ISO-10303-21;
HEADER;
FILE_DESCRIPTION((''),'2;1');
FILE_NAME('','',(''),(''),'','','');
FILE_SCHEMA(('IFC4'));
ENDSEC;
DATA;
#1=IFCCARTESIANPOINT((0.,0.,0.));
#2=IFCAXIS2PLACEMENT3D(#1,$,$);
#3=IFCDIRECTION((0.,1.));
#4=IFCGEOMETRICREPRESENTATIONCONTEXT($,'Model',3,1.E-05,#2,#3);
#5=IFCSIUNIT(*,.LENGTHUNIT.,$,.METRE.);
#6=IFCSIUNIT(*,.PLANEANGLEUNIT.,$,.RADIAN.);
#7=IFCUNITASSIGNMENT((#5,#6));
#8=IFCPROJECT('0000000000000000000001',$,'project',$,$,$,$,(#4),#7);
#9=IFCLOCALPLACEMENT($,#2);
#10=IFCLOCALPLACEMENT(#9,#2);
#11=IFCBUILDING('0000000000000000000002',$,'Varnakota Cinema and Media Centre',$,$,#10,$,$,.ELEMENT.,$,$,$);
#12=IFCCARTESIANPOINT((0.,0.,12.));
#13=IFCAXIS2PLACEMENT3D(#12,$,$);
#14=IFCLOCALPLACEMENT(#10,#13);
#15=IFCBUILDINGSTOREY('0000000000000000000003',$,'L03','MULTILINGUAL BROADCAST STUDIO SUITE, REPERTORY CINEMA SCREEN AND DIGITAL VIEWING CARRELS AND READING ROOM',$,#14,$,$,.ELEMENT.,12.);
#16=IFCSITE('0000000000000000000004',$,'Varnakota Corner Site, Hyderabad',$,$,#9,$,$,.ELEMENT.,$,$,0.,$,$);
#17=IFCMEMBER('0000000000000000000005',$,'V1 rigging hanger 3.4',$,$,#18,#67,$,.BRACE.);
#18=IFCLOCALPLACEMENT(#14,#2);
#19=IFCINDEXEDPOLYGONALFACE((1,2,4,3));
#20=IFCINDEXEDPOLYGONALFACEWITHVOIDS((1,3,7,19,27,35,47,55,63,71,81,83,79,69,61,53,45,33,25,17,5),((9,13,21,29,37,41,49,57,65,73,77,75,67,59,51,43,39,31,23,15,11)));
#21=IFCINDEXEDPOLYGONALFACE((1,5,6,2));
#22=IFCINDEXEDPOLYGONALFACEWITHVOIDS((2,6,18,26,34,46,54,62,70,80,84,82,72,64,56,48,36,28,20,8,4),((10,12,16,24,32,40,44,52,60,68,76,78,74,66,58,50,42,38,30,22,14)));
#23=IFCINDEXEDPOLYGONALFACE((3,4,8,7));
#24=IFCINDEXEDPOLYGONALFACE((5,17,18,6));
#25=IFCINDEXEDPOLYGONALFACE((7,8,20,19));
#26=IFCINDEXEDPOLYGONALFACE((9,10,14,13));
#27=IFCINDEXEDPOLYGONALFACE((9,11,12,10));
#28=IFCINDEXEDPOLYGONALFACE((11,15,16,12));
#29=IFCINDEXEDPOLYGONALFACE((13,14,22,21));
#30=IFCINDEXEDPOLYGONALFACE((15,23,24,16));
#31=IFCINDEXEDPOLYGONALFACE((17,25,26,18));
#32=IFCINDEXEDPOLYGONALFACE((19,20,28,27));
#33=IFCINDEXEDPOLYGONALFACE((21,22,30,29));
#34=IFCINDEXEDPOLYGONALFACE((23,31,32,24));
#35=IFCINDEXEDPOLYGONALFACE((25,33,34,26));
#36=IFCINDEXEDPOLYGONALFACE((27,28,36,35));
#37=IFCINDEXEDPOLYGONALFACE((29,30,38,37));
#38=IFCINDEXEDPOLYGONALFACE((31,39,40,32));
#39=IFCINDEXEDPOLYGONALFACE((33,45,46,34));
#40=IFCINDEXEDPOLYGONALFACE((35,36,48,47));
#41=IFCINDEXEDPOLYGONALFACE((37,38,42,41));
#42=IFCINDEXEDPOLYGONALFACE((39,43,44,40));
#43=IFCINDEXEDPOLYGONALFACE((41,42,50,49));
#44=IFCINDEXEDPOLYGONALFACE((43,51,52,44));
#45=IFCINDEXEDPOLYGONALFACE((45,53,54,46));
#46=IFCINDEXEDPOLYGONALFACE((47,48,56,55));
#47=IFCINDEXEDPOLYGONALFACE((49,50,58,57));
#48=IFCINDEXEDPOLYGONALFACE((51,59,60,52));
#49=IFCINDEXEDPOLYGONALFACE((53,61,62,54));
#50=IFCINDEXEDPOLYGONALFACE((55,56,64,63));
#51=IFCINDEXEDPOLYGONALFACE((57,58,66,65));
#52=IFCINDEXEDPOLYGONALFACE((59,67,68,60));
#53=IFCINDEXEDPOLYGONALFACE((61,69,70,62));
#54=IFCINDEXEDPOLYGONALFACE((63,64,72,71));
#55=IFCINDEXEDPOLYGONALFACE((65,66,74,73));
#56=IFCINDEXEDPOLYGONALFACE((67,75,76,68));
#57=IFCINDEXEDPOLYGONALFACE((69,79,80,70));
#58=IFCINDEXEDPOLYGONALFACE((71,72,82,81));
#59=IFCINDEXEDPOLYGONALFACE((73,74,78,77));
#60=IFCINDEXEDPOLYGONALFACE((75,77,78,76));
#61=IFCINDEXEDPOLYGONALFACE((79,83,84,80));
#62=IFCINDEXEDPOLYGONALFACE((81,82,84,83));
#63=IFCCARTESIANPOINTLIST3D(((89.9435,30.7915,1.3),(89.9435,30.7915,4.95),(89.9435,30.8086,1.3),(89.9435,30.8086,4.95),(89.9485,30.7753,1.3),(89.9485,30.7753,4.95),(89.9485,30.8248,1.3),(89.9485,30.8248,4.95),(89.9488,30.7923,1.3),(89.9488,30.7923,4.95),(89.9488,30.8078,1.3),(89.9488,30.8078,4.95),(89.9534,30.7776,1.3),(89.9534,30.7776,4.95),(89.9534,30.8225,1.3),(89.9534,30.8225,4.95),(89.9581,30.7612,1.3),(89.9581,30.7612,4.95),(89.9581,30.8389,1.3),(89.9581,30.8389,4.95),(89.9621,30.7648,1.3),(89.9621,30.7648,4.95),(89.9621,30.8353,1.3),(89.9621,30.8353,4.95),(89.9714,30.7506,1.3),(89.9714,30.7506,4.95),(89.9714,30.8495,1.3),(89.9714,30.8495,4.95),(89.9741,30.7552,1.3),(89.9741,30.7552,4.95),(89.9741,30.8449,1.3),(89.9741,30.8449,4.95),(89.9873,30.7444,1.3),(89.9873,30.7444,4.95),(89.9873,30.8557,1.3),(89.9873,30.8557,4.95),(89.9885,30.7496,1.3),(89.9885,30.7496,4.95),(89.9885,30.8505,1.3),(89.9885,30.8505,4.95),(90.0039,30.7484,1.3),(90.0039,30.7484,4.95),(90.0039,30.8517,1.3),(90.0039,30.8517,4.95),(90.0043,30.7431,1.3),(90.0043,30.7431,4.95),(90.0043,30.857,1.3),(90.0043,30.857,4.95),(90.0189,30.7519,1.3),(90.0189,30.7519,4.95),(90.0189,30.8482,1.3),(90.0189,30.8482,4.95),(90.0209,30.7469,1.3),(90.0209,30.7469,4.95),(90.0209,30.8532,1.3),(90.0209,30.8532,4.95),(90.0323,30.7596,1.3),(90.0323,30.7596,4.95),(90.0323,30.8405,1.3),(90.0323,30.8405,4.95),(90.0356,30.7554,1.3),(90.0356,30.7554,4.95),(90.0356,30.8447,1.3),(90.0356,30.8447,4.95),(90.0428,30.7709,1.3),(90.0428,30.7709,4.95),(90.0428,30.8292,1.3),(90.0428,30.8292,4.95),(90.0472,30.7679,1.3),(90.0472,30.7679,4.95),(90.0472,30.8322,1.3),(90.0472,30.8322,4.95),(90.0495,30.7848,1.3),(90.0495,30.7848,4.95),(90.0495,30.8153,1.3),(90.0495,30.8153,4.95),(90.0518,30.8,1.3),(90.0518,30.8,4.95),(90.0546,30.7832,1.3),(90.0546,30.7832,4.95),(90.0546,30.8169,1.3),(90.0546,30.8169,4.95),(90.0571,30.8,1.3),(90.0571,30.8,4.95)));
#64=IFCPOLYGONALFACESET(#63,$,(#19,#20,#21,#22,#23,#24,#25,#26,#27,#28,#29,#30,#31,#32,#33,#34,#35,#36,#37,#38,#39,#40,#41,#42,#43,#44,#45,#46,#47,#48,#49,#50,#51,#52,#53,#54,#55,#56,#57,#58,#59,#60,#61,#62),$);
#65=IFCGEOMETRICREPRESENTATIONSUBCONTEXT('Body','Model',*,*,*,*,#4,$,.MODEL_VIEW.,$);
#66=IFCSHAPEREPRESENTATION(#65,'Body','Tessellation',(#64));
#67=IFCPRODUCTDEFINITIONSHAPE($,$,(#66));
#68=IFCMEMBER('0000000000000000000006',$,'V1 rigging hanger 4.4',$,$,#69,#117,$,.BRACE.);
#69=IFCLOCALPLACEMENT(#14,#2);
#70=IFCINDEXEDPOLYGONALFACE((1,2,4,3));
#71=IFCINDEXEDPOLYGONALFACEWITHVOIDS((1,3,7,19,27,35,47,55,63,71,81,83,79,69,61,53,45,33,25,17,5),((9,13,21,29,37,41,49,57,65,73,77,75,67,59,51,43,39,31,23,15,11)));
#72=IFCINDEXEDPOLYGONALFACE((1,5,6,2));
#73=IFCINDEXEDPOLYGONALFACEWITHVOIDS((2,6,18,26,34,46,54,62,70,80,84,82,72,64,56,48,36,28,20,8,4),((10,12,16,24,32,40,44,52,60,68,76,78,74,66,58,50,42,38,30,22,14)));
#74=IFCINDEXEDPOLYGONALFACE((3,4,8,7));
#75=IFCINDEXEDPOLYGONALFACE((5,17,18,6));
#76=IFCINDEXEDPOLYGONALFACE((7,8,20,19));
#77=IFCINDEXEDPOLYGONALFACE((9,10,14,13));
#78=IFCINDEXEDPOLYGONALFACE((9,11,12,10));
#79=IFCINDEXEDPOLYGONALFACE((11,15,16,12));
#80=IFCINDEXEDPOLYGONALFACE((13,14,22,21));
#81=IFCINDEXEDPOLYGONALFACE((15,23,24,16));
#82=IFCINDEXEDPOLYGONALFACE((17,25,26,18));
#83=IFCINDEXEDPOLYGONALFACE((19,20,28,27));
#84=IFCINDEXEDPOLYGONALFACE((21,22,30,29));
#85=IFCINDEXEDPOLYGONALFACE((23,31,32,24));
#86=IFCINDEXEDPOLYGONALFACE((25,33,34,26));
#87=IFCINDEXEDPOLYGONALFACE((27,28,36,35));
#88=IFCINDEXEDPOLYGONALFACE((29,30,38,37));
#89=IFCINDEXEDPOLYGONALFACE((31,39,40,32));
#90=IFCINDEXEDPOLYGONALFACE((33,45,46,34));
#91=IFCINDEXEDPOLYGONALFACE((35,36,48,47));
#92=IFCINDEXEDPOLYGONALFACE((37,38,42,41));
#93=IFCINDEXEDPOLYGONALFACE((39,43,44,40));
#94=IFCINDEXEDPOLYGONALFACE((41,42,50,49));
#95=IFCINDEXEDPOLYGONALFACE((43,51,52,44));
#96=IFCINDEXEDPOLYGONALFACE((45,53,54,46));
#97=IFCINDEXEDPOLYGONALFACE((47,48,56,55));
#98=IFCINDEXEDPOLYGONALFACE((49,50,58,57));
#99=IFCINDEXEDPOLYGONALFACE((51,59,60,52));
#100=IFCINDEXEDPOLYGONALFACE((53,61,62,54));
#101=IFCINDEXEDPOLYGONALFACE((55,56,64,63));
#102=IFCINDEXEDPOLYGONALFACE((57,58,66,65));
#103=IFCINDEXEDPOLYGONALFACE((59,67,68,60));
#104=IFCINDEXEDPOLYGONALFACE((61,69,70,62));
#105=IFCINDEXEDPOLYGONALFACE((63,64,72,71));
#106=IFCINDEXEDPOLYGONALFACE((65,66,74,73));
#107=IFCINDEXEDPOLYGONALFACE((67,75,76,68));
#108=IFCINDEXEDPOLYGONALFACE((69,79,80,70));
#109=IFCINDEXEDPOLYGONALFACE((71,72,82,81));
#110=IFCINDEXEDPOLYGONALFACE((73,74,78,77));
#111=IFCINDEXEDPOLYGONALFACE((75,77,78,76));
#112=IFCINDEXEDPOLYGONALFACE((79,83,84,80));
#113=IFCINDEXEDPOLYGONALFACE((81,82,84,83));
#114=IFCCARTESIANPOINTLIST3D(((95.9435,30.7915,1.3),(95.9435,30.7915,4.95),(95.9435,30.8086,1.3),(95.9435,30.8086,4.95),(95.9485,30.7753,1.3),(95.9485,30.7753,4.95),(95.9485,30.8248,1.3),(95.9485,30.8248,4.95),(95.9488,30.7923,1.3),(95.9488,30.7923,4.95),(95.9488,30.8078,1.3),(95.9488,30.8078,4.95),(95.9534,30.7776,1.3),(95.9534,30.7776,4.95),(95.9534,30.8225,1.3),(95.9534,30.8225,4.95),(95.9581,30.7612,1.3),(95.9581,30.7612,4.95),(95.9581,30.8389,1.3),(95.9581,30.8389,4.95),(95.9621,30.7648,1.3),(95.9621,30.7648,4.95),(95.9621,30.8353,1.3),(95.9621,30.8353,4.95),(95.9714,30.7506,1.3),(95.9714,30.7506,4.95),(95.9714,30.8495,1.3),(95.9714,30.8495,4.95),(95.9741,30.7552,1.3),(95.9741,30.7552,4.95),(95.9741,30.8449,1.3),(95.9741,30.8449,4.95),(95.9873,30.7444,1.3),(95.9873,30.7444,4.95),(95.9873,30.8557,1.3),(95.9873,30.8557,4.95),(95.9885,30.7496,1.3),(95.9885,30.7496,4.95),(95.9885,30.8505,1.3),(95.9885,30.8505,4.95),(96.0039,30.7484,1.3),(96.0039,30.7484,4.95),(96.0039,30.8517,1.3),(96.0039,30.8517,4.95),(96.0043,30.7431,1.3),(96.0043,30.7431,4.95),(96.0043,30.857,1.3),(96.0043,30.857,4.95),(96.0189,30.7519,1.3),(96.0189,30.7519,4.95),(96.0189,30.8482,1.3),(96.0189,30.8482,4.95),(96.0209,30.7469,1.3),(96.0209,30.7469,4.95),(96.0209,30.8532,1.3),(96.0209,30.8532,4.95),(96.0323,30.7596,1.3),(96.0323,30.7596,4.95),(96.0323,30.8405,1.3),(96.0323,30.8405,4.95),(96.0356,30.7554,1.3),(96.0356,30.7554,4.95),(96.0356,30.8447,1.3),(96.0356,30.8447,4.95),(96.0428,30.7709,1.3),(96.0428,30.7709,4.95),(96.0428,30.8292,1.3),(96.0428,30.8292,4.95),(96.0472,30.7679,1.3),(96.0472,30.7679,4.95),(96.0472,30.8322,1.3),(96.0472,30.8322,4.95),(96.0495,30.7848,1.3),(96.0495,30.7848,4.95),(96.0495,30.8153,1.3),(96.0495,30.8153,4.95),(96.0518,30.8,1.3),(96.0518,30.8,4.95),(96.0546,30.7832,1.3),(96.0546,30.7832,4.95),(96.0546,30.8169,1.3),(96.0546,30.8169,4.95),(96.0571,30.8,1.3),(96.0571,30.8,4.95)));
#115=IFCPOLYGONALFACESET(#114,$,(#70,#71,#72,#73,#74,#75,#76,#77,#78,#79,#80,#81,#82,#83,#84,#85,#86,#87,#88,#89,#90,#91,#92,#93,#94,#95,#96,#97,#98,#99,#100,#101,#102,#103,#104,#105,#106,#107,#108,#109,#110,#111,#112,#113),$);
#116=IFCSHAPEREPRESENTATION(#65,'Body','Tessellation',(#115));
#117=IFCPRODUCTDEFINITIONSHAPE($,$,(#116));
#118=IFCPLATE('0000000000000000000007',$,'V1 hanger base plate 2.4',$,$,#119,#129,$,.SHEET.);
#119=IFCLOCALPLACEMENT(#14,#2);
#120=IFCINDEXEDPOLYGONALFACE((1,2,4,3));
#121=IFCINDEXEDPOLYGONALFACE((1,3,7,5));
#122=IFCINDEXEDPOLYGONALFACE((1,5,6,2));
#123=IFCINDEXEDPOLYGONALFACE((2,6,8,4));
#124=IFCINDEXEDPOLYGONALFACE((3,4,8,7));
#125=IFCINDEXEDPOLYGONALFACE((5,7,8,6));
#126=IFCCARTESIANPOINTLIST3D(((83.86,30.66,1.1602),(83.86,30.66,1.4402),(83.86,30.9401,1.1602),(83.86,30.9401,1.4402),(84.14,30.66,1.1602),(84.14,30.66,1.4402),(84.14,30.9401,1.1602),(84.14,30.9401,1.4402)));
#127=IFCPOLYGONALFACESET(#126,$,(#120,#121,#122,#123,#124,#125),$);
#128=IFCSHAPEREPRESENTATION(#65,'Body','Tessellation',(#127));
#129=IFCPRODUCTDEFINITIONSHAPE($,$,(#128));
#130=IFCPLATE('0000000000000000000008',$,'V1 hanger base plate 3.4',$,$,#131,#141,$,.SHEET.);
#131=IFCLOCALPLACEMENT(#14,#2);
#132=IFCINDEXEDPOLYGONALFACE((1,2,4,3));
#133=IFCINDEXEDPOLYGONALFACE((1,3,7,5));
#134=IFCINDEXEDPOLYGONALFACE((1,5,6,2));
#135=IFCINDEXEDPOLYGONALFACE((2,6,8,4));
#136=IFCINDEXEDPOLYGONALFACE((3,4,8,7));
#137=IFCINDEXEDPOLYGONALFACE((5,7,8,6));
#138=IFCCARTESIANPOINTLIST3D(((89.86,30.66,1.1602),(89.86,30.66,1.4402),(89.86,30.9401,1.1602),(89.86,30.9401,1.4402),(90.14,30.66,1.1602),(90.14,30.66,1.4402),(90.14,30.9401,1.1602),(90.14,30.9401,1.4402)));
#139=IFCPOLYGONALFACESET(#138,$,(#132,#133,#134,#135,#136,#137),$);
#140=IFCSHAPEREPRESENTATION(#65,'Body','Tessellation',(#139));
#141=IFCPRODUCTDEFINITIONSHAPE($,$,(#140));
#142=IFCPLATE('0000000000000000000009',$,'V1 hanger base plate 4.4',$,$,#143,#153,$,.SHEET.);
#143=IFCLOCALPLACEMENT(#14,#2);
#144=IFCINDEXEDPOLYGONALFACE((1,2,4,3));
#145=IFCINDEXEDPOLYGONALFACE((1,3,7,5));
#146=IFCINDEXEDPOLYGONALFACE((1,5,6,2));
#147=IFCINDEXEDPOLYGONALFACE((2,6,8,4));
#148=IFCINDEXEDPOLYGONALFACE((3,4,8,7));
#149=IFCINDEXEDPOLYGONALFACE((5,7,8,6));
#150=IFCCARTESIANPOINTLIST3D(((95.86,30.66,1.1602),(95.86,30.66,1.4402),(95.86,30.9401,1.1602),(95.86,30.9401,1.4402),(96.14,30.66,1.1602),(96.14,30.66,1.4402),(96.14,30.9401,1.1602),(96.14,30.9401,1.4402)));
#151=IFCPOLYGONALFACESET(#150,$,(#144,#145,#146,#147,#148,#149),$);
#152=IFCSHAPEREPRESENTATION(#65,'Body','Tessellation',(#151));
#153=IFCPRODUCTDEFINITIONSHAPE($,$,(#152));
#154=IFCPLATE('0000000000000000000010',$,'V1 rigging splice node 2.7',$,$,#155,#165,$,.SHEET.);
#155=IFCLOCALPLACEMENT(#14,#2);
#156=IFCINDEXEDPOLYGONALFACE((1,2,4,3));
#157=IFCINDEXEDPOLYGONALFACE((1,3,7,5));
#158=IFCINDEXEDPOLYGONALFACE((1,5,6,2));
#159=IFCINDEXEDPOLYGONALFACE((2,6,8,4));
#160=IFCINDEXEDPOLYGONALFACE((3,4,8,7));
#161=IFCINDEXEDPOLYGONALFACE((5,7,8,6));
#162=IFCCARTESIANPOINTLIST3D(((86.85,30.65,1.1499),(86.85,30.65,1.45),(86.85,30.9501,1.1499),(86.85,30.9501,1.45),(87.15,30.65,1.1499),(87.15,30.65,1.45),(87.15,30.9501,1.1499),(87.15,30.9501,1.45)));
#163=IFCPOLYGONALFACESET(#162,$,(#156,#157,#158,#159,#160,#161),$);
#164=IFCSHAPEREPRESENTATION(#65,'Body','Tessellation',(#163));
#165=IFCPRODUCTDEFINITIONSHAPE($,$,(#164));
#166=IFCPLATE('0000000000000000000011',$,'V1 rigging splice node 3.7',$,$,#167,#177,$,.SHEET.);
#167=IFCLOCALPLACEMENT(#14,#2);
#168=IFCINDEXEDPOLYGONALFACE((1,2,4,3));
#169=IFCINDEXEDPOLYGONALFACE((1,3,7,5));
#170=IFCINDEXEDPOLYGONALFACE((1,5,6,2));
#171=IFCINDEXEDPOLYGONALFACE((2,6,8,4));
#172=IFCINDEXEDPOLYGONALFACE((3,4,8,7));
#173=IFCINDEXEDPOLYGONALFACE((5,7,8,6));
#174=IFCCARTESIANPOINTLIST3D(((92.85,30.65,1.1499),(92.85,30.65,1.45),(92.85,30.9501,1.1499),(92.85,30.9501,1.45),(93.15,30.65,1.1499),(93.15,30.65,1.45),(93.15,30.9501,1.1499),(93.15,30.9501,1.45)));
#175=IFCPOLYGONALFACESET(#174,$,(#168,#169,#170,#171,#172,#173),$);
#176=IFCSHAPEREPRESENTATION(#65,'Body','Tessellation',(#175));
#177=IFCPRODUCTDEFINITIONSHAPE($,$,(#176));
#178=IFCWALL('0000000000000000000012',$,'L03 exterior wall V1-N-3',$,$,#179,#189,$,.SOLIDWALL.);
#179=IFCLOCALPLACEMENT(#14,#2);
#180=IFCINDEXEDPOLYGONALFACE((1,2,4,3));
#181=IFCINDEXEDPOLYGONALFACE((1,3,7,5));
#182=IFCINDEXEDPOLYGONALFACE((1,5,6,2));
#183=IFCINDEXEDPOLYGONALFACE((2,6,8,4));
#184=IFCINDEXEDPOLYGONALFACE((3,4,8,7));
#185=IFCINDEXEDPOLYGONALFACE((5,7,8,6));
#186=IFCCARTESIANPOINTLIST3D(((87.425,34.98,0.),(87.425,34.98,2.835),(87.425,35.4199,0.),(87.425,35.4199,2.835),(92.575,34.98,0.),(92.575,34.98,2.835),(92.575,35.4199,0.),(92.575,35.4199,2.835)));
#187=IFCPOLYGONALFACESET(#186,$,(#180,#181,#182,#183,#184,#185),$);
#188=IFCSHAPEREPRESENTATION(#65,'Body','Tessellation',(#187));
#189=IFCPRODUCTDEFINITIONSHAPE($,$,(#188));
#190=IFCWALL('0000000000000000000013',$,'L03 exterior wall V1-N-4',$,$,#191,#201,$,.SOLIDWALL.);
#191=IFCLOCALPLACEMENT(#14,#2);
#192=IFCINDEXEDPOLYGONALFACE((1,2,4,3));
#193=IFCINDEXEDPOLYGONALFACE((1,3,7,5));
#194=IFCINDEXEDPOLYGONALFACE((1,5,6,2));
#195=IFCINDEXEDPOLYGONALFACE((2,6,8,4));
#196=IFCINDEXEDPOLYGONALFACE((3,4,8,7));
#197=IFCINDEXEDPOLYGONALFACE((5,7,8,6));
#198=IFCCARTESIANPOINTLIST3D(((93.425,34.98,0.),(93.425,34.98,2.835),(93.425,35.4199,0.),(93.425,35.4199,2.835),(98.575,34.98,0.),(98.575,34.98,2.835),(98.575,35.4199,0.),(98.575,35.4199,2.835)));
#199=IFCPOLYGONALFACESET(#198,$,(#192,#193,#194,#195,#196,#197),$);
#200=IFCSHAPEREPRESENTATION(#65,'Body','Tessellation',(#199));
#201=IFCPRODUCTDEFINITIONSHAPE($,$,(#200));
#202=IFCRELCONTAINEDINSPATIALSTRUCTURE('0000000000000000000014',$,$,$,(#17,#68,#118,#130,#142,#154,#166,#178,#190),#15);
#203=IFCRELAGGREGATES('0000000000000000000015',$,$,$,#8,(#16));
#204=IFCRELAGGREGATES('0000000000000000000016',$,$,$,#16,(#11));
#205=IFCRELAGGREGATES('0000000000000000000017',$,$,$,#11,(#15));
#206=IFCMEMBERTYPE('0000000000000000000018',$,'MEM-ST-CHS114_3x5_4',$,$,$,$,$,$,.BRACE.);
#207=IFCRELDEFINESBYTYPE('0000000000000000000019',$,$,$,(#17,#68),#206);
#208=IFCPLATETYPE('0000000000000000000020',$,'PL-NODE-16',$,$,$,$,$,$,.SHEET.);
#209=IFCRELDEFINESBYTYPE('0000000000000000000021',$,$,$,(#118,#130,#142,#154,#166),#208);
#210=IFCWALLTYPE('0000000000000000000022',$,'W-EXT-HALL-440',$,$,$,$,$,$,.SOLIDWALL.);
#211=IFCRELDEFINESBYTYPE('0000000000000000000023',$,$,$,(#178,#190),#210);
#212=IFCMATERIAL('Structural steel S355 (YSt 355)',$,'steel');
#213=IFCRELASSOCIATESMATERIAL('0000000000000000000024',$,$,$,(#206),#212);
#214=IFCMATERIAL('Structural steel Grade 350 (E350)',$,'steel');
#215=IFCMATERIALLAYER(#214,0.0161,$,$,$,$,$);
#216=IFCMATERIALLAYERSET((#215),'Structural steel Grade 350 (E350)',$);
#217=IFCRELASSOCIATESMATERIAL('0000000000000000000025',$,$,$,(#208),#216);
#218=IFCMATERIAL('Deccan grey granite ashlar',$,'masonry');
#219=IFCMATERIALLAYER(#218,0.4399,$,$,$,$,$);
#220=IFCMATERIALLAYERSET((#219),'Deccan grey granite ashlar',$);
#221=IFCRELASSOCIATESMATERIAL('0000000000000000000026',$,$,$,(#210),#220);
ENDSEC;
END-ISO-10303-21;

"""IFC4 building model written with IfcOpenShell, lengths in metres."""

from ifc_helpers import new_model, si_unit, direction, frame, frame_2d, origin, origin_2d, place, context, subcontext, project, spatial, rectangle, hollow_circle, extrude, material, layer, layer_set, material_profile, profile_set, type_object, element, save


model = new_model("IFC4")

# Units and contexts
model_context = context("Model", 3, precision=1e-05, world=origin(), true_north=direction((0.0, 1.0)))
body_context = subcontext(model_context, "Body", "Model", "MODEL_VIEW")
ifc_project = project(units=[si_unit("LENGTHUNIT", "METRE"), si_unit("PLANEANGLEUNIT", "RADIAN")], contexts=[model_context])

# Site, building, storey
site_placement = place(None, origin())
site = spatial("IfcSite", under=ifc_project, at=site_placement, Name="Varnakota Corner Site, Hyderabad", CompositionType="ELEMENT", RefElevation=0.0)
building_placement = place(site_placement, origin())
building = spatial("IfcBuilding", under=site, at=building_placement, Name="Varnakota Cinema and Media Centre", CompositionType="ELEMENT")
storey_placement = place(building_placement, frame((0.0, 0.0, 12.0)))
storey = spatial("IfcBuildingStorey", under=building, at=storey_placement, Name="L03", Description="MULTILINGUAL BROADCAST STUDIO SUITE, REPERTORY CINEMA SCREEN AND DIGITAL VIEWING CARRELS AND READING ROOM", CompositionType="ELEMENT", Elevation=12.0)

# Members
ifc_material_1 = material(Name="Structural steel S355 (YSt 355)", Category="steel")
ifc_material_profile_1 = material_profile(ifc_material_1, hollow_circle(Radius=0.0571, WallThickness=0.0054, at=origin_2d()), Name="CHS 114.3x5.4")
ifc_profile_set_1 = profile_set([ifc_material_profile_1], Name="Structural steel S355 (YSt 355)")
member_type = type_object("IfcMemberType", Name="MEM-ST-CHS114_3x5_4", PredefinedType="BRACE", material=ifc_profile_set_1)
for number, where, z_axis, x_axis, name in (
    (1, (90.0, 30.8, 1.3), (0.0, 0.0, 1.0), (1.0, 0.0, 0.0), "V1 rigging hanger 3.4"),
    (2, (96.0, 30.8, 1.3), (0.0, 0.0, 1.0), (1.0, 0.0, 0.0), "V1 rigging hanger 4.4"),
):
    element("IfcMember", number, at=place(storey_placement, frame(where, z_axis=z_axis, x_axis=x_axis)), inside=storey, type_object=member_type, Name=name, PredefinedType="BRACE", context=body_context, shape_type="SweptSolid", body=[
        extrude(hollow_circle(Radius=0.0571, WallThickness=0.0054, at=origin_2d()), origin(), (0.0, 0.0, 1.0), 3.6499),
    ])

# Plates
ifc_material_2 = material(Name="Structural steel Grade 350 (E350)", Category="steel")
ifc_layer_1 = layer(ifc_material_2, 0.0161)
ifc_layer_set_1 = layer_set([ifc_layer_1], Name="Structural steel Grade 350 (E350)")
plate_type = type_object("IfcPlateType", Name="PL-NODE-16", PredefinedType="SHEET", material=ifc_layer_set_1)
for number, where, z_axis, x_axis, name in (
    (3, (84.0, 30.8, 1.1602), (0.0, 0.0, 1.0), (1.0, 0.0, 0.0), "V1 hanger base plate 2.4"),
    (4, (90.0, 30.8, 1.1602), (0.0, 0.0, 1.0), (1.0, 0.0, 0.0), "V1 hanger base plate 3.4"),
    (5, (96.0, 30.8, 1.1602), (0.0, 0.0, 1.0), (1.0, 0.0, 0.0), "V1 hanger base plate 4.4"),
):
    element("IfcPlate", number, at=place(storey_placement, frame(where, z_axis=z_axis, x_axis=x_axis)), inside=storey, type_object=plate_type, Name=name, PredefinedType="SHEET", context=body_context, shape_type="SweptSolid", body=[
        extrude(rectangle(XDim=0.28, YDim=0.28, at=origin_2d()), origin(), (0.0, 0.0, 1.0), 0.28),
    ])
for number, where, z_axis, x_axis, name in (
    (6, (87.0, 30.8, 1.1499), (0.0, 0.0, 1.0), (1.0, 0.0, 0.0), "V1 rigging splice node 2.7"),
    (7, (93.0, 30.8, 1.1499), (0.0, 0.0, 1.0), (1.0, 0.0, 0.0), "V1 rigging splice node 3.7"),
):
    element("IfcPlate", number, at=place(storey_placement, frame(where, z_axis=z_axis, x_axis=x_axis)), inside=storey, type_object=plate_type, Name=name, PredefinedType="SHEET", context=body_context, shape_type="SweptSolid", body=[
        extrude(rectangle(XDim=0.3, YDim=0.3, at=origin_2d()), origin(), (0.0, 0.0, 1.0), 0.3),
    ])

# Walls
ifc_material_3 = material(Name="Deccan grey granite ashlar", Category="masonry")
ifc_layer_2 = layer(ifc_material_3, 0.4399)
ifc_layer_set_2 = layer_set([ifc_layer_2], Name="Deccan grey granite ashlar")
wall_type = type_object("IfcWallType", Name="W-EXT-HALL-440", PredefinedType="SOLIDWALL", material=ifc_layer_set_2)
for number, where, z_axis, x_axis, name in (
    (8, (87.425, 35.2, 0.0), (0.0, 0.0, 1.0), (1.0, 0.0, 0.0), "L03 exterior wall V1-N-3"),
    (9, (93.425, 35.2, 0.0), (0.0, 0.0, 1.0), (1.0, 0.0, 0.0), "L03 exterior wall V1-N-4"),
):
    element("IfcWall", number, at=place(storey_placement, frame(where, z_axis=z_axis, x_axis=x_axis)), inside=storey, type_object=wall_type, Name=name, PredefinedType="SOLIDWALL", context=body_context, shape_type="SweptSolid", body=[
        extrude(rectangle(XDim=5.1499, YDim=0.4399, at=frame_2d((2.575, 0.0))), origin(), (0.0, 0.0, 1.0), 2.835),
    ])

save(model, "model.ifc")
